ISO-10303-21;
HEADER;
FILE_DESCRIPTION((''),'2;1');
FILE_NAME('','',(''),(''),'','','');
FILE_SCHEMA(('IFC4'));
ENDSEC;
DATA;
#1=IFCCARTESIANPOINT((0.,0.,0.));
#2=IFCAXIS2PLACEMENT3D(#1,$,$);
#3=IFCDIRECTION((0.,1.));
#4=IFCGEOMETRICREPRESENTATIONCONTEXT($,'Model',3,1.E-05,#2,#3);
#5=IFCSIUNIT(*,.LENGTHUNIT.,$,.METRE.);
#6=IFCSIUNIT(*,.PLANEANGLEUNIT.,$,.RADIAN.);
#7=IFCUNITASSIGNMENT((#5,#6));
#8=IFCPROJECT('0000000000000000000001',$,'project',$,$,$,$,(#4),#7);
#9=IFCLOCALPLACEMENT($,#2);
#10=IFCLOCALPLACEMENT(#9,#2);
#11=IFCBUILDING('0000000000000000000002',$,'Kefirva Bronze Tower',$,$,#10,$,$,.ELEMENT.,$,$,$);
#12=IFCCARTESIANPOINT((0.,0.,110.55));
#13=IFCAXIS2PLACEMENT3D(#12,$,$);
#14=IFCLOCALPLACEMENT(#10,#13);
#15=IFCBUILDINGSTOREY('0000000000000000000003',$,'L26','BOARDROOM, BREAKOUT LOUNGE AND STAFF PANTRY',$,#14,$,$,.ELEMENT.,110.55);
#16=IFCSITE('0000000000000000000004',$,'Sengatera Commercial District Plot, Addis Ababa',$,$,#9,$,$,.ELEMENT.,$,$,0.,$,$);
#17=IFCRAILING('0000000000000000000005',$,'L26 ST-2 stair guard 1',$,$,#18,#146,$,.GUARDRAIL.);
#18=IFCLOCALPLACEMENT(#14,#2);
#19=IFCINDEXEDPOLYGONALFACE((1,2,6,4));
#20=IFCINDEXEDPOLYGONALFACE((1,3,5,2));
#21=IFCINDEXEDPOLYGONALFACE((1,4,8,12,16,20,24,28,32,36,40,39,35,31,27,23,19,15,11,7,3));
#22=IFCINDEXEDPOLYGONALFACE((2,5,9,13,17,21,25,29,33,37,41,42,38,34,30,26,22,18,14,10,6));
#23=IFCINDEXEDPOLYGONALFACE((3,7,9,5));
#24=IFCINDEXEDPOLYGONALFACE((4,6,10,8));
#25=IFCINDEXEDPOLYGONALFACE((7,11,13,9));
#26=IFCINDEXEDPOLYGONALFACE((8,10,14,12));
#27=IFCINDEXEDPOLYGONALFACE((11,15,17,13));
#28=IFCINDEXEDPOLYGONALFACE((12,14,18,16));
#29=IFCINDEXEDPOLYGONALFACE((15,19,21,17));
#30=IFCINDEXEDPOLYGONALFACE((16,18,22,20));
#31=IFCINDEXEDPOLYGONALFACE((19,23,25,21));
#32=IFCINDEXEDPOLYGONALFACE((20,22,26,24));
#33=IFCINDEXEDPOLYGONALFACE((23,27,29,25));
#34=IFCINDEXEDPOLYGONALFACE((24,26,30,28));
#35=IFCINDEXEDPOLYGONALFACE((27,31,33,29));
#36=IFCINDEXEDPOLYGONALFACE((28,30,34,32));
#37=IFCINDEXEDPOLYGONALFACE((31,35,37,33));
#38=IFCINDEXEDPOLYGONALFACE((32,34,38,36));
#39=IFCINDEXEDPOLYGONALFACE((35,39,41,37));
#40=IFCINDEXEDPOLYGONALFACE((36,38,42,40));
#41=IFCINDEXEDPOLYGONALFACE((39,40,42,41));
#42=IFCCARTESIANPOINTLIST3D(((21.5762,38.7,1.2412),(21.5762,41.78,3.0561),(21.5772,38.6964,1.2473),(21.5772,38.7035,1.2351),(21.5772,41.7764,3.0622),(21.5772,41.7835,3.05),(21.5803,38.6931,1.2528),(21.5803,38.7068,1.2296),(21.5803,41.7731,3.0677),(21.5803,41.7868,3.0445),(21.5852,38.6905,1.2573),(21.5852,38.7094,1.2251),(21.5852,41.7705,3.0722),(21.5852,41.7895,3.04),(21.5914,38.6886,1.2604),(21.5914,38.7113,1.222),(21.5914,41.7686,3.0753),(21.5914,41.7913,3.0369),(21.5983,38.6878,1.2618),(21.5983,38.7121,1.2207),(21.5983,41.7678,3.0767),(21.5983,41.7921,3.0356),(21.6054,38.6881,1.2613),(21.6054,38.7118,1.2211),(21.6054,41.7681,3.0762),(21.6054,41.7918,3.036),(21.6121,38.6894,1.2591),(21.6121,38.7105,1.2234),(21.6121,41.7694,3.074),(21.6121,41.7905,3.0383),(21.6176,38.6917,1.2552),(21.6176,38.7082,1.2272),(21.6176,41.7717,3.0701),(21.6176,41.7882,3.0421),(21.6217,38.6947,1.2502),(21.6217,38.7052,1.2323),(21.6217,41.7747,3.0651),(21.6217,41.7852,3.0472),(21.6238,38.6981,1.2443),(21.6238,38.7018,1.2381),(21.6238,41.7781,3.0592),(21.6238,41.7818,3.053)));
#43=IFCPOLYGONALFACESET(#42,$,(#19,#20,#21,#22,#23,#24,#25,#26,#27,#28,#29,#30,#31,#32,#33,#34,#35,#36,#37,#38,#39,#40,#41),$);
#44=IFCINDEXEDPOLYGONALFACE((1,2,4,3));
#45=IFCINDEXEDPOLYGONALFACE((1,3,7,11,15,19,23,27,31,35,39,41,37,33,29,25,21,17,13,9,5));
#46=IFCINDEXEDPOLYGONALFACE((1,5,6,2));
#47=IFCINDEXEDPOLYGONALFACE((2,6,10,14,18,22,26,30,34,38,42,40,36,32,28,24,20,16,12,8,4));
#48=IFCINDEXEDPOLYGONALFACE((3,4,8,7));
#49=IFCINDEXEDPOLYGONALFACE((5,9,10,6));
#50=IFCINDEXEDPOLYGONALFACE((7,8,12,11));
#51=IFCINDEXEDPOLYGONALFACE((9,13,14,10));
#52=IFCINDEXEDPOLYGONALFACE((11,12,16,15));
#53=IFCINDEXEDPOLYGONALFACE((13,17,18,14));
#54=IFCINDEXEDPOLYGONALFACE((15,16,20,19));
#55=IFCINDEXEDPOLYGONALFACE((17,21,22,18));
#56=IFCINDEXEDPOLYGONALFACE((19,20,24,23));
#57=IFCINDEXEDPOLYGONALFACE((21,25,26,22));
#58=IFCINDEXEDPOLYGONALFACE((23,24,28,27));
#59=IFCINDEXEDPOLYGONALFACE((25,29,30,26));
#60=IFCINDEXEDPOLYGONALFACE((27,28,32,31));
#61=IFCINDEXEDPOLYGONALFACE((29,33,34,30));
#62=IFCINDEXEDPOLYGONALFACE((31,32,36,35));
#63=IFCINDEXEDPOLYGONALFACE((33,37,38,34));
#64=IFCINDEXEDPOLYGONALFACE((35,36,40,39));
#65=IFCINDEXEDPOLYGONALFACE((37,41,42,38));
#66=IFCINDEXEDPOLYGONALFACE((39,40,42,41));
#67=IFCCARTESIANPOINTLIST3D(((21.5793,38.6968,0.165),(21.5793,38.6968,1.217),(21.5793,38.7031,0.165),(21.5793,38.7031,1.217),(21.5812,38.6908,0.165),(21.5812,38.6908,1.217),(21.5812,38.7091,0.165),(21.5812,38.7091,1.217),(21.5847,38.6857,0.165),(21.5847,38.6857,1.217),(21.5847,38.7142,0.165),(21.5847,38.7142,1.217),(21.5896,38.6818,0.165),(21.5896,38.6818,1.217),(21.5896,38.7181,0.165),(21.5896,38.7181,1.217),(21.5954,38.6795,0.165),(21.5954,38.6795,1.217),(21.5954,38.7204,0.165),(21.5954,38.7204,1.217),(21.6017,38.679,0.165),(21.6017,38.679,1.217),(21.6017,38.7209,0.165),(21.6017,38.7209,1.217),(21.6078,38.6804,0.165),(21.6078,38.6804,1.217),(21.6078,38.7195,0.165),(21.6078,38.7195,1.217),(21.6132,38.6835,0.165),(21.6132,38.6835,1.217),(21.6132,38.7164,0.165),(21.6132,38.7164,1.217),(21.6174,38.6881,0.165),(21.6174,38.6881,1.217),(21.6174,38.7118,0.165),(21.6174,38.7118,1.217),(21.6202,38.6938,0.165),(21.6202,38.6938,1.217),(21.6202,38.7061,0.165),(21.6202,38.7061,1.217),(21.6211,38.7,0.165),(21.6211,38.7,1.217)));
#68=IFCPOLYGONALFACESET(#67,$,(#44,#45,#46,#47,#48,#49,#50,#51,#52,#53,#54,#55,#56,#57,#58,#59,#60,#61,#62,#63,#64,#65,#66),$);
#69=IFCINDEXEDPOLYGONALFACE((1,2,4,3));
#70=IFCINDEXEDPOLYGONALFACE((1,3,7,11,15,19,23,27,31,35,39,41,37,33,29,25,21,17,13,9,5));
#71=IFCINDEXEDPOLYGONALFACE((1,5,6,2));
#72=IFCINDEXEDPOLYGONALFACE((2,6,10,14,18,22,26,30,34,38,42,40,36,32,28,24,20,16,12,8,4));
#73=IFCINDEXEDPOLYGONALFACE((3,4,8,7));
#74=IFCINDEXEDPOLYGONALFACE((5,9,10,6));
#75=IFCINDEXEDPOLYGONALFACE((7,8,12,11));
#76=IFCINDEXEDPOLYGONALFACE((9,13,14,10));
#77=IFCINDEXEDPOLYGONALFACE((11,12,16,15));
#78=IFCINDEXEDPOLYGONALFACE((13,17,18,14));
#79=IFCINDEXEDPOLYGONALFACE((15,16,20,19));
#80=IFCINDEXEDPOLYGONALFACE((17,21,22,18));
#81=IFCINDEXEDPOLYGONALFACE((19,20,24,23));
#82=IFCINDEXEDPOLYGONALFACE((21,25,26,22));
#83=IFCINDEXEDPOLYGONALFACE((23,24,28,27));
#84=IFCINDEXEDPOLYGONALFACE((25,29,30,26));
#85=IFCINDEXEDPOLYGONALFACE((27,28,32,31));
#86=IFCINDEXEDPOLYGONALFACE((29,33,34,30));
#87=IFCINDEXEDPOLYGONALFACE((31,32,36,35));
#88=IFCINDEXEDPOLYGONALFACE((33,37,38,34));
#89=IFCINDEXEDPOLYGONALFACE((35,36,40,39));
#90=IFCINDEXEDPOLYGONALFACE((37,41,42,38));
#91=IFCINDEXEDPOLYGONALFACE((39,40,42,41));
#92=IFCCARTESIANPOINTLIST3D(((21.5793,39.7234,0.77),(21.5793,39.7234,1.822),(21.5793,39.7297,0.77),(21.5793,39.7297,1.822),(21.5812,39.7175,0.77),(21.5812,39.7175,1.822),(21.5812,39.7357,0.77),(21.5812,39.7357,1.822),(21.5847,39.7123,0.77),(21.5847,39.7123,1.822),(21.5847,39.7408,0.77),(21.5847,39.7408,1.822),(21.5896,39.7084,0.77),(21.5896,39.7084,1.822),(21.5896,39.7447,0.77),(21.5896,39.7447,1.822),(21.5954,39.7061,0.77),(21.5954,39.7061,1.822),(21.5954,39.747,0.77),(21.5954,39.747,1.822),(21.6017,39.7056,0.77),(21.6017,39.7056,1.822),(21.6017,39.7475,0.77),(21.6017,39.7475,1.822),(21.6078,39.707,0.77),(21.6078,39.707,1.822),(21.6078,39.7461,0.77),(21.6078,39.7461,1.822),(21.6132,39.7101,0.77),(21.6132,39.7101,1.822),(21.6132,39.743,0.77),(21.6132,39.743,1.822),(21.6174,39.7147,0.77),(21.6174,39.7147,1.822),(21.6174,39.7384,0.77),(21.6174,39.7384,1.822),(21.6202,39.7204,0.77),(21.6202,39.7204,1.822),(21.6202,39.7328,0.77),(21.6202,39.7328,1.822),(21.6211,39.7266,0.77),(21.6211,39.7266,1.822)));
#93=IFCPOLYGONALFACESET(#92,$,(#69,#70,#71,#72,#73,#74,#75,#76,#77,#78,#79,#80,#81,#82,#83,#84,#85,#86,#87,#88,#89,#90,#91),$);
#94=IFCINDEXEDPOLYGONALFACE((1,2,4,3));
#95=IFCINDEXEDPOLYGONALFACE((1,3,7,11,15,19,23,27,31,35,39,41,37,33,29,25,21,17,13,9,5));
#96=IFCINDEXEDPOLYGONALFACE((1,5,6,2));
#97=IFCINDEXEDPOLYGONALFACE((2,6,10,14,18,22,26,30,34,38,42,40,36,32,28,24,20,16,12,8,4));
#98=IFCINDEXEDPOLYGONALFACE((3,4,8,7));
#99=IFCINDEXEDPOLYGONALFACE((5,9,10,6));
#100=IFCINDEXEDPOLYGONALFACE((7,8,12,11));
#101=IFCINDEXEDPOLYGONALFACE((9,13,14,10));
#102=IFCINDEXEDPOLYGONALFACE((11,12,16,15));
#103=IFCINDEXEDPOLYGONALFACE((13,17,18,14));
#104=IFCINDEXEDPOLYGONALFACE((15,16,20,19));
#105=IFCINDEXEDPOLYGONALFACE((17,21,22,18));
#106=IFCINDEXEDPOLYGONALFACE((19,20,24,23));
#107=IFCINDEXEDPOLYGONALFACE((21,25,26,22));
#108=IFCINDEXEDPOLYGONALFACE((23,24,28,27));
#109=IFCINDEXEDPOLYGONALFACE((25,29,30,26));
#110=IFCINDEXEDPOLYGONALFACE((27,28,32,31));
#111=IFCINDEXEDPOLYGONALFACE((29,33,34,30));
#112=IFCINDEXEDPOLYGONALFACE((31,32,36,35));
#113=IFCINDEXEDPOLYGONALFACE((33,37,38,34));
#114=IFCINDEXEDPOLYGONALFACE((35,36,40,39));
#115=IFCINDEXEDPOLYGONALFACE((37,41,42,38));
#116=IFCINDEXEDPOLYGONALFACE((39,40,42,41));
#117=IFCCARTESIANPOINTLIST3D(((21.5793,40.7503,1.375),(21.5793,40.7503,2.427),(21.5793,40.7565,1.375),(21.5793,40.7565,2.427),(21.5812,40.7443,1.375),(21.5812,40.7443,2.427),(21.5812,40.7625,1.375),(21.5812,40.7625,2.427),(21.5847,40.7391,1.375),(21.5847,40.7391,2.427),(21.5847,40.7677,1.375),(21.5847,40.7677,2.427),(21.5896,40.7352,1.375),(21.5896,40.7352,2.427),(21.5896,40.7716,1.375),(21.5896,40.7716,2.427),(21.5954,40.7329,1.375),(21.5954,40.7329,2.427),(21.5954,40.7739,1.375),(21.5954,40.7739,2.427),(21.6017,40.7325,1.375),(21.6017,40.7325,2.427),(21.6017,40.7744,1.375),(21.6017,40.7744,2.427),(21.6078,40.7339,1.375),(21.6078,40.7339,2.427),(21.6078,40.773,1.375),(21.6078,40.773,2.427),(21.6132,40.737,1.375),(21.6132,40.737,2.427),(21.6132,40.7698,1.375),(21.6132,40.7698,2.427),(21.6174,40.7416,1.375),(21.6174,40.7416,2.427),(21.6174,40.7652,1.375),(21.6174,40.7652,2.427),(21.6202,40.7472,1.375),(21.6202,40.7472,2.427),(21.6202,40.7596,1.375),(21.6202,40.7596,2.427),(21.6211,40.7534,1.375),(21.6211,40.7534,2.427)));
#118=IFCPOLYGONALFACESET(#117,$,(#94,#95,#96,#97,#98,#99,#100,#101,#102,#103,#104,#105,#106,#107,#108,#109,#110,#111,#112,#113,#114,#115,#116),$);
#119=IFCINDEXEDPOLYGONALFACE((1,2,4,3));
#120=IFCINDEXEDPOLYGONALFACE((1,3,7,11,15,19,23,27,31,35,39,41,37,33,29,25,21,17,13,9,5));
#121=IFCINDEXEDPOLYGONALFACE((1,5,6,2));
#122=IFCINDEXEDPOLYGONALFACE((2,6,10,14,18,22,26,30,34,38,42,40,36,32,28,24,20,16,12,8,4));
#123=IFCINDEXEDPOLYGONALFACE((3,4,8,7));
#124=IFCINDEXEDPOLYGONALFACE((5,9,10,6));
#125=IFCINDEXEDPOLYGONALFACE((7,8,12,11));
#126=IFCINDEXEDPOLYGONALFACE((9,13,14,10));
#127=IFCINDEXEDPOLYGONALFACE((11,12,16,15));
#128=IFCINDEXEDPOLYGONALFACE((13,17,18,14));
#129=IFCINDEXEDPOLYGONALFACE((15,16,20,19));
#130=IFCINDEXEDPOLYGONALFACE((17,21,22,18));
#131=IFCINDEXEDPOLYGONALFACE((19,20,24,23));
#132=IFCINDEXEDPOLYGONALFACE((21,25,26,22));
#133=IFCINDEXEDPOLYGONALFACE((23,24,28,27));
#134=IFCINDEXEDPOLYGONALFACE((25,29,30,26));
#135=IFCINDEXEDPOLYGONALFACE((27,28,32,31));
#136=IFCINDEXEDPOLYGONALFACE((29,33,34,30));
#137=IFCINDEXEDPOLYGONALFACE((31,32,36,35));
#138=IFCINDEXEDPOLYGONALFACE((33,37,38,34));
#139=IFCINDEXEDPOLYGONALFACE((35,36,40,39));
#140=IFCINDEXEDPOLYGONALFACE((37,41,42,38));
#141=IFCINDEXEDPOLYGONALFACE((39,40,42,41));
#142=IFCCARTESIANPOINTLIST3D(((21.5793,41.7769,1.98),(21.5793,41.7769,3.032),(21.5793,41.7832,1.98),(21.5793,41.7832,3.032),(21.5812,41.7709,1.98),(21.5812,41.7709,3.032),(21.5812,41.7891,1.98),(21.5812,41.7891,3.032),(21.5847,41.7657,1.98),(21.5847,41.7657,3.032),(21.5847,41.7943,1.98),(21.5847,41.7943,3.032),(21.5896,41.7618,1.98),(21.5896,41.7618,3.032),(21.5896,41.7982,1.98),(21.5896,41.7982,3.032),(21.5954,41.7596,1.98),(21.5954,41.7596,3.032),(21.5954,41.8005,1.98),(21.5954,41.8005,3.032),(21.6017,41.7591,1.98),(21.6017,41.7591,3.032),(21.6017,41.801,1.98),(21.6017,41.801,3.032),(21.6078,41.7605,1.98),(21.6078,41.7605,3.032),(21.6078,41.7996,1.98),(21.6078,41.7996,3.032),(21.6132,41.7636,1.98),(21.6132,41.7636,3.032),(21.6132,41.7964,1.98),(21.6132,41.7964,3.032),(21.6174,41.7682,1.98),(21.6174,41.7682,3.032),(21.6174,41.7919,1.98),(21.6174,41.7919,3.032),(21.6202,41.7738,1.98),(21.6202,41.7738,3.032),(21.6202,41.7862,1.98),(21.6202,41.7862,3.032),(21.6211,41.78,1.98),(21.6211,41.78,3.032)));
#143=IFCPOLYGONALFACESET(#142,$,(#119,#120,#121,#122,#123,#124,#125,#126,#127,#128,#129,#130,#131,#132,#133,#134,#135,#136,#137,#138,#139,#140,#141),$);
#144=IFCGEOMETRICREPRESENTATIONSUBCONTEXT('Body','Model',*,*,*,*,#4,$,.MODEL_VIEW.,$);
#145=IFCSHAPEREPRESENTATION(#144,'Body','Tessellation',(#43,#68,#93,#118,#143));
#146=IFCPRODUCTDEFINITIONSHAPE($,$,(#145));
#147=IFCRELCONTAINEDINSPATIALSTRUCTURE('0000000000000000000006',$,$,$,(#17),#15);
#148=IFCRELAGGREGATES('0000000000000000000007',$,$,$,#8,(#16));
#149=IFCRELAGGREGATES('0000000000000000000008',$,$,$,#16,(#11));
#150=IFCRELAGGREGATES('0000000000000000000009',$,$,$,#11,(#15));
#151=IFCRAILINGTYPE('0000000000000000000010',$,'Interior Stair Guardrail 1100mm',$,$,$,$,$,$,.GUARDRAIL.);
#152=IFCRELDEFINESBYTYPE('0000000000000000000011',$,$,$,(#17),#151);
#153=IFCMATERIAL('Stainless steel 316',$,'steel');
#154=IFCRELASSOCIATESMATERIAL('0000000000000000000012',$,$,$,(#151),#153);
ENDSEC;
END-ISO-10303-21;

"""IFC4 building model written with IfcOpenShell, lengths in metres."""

from ifc_helpers import new_model, si_unit, direction, frame, origin, origin_2d, place, context, subcontext, project, spatial, circle, extrude, material, type_object, element, save


model = new_model("IFC4")

# Units and contexts
model_context = context("Model", 3, precision=1e-05, world=origin(), true_north=direction((0.0, 1.0)))
body_context = subcontext(model_context, "Body", "Model", "MODEL_VIEW")
ifc_project = project(units=[si_unit("LENGTHUNIT", "METRE"), si_unit("PLANEANGLEUNIT", "RADIAN")], contexts=[model_context])

# Site, building, storey
site_placement = place(None, origin())
site = spatial("IfcSite", under=ifc_project, at=site_placement, Name="Sengatera Commercial District Plot, Addis Ababa", CompositionType="ELEMENT", RefElevation=0.0)
building_placement = place(site_placement, origin())
building = spatial("IfcBuilding", under=site, at=building_placement, Name="Kefirva Bronze Tower", CompositionType="ELEMENT")
storey_placement = place(building_placement, frame((0.0, 0.0, 110.55)))
storey = spatial("IfcBuildingStorey", under=building, at=storey_placement, Name="L26", Description="BOARDROOM, BREAKOUT LOUNGE AND STAFF PANTRY", CompositionType="ELEMENT", Elevation=110.55)

# Railing
ifc_material_1 = material(Name="Stainless steel 316", Category="steel")
railing_type_1 = type_object("IfcRailingType", Name="Interior Stair Guardrail 1100mm", PredefinedType="GUARDRAIL", material=ifc_material_1)
railing_1_placement = place(storey_placement, frame((21.6001, 38.7, 0.165)))
element("IfcRailing", 1, at=railing_1_placement, inside=storey, type_object=railing_type_1, Name="L26 ST-2 stair guard 1", PredefinedType="GUARDRAIL", context=body_context, shape_type="SweptSolid", body=[
    extrude(circle(Radius=0.0239, at=origin_2d()), frame((0.0, 0.0, 1.0762), z_axis=(0.0, 0.861551, 0.507671), x_axis=(-1.0, 0.0, 0.0)), (0.0, 0.0, 1.0), 3.575),
    extrude(circle(Radius=0.021, at=origin_2d()), origin(), (0.0, 0.0, 1.0), 1.052),
    extrude(circle(Radius=0.021, at=origin_2d()), frame((0.0, 1.0266, 0.605)), (0.0, 0.0, 1.0), 1.052),
    extrude(circle(Radius=0.021, at=origin_2d()), frame((0.0, 2.0535, 1.21)), (0.0, 0.0, 1.0), 1.052),
    extrude(circle(Radius=0.021, at=origin_2d()), frame((0.0, 3.0801, 1.8149)), (0.0, 0.0, 1.0), 1.052),
])

save(model, "model.ifc")
